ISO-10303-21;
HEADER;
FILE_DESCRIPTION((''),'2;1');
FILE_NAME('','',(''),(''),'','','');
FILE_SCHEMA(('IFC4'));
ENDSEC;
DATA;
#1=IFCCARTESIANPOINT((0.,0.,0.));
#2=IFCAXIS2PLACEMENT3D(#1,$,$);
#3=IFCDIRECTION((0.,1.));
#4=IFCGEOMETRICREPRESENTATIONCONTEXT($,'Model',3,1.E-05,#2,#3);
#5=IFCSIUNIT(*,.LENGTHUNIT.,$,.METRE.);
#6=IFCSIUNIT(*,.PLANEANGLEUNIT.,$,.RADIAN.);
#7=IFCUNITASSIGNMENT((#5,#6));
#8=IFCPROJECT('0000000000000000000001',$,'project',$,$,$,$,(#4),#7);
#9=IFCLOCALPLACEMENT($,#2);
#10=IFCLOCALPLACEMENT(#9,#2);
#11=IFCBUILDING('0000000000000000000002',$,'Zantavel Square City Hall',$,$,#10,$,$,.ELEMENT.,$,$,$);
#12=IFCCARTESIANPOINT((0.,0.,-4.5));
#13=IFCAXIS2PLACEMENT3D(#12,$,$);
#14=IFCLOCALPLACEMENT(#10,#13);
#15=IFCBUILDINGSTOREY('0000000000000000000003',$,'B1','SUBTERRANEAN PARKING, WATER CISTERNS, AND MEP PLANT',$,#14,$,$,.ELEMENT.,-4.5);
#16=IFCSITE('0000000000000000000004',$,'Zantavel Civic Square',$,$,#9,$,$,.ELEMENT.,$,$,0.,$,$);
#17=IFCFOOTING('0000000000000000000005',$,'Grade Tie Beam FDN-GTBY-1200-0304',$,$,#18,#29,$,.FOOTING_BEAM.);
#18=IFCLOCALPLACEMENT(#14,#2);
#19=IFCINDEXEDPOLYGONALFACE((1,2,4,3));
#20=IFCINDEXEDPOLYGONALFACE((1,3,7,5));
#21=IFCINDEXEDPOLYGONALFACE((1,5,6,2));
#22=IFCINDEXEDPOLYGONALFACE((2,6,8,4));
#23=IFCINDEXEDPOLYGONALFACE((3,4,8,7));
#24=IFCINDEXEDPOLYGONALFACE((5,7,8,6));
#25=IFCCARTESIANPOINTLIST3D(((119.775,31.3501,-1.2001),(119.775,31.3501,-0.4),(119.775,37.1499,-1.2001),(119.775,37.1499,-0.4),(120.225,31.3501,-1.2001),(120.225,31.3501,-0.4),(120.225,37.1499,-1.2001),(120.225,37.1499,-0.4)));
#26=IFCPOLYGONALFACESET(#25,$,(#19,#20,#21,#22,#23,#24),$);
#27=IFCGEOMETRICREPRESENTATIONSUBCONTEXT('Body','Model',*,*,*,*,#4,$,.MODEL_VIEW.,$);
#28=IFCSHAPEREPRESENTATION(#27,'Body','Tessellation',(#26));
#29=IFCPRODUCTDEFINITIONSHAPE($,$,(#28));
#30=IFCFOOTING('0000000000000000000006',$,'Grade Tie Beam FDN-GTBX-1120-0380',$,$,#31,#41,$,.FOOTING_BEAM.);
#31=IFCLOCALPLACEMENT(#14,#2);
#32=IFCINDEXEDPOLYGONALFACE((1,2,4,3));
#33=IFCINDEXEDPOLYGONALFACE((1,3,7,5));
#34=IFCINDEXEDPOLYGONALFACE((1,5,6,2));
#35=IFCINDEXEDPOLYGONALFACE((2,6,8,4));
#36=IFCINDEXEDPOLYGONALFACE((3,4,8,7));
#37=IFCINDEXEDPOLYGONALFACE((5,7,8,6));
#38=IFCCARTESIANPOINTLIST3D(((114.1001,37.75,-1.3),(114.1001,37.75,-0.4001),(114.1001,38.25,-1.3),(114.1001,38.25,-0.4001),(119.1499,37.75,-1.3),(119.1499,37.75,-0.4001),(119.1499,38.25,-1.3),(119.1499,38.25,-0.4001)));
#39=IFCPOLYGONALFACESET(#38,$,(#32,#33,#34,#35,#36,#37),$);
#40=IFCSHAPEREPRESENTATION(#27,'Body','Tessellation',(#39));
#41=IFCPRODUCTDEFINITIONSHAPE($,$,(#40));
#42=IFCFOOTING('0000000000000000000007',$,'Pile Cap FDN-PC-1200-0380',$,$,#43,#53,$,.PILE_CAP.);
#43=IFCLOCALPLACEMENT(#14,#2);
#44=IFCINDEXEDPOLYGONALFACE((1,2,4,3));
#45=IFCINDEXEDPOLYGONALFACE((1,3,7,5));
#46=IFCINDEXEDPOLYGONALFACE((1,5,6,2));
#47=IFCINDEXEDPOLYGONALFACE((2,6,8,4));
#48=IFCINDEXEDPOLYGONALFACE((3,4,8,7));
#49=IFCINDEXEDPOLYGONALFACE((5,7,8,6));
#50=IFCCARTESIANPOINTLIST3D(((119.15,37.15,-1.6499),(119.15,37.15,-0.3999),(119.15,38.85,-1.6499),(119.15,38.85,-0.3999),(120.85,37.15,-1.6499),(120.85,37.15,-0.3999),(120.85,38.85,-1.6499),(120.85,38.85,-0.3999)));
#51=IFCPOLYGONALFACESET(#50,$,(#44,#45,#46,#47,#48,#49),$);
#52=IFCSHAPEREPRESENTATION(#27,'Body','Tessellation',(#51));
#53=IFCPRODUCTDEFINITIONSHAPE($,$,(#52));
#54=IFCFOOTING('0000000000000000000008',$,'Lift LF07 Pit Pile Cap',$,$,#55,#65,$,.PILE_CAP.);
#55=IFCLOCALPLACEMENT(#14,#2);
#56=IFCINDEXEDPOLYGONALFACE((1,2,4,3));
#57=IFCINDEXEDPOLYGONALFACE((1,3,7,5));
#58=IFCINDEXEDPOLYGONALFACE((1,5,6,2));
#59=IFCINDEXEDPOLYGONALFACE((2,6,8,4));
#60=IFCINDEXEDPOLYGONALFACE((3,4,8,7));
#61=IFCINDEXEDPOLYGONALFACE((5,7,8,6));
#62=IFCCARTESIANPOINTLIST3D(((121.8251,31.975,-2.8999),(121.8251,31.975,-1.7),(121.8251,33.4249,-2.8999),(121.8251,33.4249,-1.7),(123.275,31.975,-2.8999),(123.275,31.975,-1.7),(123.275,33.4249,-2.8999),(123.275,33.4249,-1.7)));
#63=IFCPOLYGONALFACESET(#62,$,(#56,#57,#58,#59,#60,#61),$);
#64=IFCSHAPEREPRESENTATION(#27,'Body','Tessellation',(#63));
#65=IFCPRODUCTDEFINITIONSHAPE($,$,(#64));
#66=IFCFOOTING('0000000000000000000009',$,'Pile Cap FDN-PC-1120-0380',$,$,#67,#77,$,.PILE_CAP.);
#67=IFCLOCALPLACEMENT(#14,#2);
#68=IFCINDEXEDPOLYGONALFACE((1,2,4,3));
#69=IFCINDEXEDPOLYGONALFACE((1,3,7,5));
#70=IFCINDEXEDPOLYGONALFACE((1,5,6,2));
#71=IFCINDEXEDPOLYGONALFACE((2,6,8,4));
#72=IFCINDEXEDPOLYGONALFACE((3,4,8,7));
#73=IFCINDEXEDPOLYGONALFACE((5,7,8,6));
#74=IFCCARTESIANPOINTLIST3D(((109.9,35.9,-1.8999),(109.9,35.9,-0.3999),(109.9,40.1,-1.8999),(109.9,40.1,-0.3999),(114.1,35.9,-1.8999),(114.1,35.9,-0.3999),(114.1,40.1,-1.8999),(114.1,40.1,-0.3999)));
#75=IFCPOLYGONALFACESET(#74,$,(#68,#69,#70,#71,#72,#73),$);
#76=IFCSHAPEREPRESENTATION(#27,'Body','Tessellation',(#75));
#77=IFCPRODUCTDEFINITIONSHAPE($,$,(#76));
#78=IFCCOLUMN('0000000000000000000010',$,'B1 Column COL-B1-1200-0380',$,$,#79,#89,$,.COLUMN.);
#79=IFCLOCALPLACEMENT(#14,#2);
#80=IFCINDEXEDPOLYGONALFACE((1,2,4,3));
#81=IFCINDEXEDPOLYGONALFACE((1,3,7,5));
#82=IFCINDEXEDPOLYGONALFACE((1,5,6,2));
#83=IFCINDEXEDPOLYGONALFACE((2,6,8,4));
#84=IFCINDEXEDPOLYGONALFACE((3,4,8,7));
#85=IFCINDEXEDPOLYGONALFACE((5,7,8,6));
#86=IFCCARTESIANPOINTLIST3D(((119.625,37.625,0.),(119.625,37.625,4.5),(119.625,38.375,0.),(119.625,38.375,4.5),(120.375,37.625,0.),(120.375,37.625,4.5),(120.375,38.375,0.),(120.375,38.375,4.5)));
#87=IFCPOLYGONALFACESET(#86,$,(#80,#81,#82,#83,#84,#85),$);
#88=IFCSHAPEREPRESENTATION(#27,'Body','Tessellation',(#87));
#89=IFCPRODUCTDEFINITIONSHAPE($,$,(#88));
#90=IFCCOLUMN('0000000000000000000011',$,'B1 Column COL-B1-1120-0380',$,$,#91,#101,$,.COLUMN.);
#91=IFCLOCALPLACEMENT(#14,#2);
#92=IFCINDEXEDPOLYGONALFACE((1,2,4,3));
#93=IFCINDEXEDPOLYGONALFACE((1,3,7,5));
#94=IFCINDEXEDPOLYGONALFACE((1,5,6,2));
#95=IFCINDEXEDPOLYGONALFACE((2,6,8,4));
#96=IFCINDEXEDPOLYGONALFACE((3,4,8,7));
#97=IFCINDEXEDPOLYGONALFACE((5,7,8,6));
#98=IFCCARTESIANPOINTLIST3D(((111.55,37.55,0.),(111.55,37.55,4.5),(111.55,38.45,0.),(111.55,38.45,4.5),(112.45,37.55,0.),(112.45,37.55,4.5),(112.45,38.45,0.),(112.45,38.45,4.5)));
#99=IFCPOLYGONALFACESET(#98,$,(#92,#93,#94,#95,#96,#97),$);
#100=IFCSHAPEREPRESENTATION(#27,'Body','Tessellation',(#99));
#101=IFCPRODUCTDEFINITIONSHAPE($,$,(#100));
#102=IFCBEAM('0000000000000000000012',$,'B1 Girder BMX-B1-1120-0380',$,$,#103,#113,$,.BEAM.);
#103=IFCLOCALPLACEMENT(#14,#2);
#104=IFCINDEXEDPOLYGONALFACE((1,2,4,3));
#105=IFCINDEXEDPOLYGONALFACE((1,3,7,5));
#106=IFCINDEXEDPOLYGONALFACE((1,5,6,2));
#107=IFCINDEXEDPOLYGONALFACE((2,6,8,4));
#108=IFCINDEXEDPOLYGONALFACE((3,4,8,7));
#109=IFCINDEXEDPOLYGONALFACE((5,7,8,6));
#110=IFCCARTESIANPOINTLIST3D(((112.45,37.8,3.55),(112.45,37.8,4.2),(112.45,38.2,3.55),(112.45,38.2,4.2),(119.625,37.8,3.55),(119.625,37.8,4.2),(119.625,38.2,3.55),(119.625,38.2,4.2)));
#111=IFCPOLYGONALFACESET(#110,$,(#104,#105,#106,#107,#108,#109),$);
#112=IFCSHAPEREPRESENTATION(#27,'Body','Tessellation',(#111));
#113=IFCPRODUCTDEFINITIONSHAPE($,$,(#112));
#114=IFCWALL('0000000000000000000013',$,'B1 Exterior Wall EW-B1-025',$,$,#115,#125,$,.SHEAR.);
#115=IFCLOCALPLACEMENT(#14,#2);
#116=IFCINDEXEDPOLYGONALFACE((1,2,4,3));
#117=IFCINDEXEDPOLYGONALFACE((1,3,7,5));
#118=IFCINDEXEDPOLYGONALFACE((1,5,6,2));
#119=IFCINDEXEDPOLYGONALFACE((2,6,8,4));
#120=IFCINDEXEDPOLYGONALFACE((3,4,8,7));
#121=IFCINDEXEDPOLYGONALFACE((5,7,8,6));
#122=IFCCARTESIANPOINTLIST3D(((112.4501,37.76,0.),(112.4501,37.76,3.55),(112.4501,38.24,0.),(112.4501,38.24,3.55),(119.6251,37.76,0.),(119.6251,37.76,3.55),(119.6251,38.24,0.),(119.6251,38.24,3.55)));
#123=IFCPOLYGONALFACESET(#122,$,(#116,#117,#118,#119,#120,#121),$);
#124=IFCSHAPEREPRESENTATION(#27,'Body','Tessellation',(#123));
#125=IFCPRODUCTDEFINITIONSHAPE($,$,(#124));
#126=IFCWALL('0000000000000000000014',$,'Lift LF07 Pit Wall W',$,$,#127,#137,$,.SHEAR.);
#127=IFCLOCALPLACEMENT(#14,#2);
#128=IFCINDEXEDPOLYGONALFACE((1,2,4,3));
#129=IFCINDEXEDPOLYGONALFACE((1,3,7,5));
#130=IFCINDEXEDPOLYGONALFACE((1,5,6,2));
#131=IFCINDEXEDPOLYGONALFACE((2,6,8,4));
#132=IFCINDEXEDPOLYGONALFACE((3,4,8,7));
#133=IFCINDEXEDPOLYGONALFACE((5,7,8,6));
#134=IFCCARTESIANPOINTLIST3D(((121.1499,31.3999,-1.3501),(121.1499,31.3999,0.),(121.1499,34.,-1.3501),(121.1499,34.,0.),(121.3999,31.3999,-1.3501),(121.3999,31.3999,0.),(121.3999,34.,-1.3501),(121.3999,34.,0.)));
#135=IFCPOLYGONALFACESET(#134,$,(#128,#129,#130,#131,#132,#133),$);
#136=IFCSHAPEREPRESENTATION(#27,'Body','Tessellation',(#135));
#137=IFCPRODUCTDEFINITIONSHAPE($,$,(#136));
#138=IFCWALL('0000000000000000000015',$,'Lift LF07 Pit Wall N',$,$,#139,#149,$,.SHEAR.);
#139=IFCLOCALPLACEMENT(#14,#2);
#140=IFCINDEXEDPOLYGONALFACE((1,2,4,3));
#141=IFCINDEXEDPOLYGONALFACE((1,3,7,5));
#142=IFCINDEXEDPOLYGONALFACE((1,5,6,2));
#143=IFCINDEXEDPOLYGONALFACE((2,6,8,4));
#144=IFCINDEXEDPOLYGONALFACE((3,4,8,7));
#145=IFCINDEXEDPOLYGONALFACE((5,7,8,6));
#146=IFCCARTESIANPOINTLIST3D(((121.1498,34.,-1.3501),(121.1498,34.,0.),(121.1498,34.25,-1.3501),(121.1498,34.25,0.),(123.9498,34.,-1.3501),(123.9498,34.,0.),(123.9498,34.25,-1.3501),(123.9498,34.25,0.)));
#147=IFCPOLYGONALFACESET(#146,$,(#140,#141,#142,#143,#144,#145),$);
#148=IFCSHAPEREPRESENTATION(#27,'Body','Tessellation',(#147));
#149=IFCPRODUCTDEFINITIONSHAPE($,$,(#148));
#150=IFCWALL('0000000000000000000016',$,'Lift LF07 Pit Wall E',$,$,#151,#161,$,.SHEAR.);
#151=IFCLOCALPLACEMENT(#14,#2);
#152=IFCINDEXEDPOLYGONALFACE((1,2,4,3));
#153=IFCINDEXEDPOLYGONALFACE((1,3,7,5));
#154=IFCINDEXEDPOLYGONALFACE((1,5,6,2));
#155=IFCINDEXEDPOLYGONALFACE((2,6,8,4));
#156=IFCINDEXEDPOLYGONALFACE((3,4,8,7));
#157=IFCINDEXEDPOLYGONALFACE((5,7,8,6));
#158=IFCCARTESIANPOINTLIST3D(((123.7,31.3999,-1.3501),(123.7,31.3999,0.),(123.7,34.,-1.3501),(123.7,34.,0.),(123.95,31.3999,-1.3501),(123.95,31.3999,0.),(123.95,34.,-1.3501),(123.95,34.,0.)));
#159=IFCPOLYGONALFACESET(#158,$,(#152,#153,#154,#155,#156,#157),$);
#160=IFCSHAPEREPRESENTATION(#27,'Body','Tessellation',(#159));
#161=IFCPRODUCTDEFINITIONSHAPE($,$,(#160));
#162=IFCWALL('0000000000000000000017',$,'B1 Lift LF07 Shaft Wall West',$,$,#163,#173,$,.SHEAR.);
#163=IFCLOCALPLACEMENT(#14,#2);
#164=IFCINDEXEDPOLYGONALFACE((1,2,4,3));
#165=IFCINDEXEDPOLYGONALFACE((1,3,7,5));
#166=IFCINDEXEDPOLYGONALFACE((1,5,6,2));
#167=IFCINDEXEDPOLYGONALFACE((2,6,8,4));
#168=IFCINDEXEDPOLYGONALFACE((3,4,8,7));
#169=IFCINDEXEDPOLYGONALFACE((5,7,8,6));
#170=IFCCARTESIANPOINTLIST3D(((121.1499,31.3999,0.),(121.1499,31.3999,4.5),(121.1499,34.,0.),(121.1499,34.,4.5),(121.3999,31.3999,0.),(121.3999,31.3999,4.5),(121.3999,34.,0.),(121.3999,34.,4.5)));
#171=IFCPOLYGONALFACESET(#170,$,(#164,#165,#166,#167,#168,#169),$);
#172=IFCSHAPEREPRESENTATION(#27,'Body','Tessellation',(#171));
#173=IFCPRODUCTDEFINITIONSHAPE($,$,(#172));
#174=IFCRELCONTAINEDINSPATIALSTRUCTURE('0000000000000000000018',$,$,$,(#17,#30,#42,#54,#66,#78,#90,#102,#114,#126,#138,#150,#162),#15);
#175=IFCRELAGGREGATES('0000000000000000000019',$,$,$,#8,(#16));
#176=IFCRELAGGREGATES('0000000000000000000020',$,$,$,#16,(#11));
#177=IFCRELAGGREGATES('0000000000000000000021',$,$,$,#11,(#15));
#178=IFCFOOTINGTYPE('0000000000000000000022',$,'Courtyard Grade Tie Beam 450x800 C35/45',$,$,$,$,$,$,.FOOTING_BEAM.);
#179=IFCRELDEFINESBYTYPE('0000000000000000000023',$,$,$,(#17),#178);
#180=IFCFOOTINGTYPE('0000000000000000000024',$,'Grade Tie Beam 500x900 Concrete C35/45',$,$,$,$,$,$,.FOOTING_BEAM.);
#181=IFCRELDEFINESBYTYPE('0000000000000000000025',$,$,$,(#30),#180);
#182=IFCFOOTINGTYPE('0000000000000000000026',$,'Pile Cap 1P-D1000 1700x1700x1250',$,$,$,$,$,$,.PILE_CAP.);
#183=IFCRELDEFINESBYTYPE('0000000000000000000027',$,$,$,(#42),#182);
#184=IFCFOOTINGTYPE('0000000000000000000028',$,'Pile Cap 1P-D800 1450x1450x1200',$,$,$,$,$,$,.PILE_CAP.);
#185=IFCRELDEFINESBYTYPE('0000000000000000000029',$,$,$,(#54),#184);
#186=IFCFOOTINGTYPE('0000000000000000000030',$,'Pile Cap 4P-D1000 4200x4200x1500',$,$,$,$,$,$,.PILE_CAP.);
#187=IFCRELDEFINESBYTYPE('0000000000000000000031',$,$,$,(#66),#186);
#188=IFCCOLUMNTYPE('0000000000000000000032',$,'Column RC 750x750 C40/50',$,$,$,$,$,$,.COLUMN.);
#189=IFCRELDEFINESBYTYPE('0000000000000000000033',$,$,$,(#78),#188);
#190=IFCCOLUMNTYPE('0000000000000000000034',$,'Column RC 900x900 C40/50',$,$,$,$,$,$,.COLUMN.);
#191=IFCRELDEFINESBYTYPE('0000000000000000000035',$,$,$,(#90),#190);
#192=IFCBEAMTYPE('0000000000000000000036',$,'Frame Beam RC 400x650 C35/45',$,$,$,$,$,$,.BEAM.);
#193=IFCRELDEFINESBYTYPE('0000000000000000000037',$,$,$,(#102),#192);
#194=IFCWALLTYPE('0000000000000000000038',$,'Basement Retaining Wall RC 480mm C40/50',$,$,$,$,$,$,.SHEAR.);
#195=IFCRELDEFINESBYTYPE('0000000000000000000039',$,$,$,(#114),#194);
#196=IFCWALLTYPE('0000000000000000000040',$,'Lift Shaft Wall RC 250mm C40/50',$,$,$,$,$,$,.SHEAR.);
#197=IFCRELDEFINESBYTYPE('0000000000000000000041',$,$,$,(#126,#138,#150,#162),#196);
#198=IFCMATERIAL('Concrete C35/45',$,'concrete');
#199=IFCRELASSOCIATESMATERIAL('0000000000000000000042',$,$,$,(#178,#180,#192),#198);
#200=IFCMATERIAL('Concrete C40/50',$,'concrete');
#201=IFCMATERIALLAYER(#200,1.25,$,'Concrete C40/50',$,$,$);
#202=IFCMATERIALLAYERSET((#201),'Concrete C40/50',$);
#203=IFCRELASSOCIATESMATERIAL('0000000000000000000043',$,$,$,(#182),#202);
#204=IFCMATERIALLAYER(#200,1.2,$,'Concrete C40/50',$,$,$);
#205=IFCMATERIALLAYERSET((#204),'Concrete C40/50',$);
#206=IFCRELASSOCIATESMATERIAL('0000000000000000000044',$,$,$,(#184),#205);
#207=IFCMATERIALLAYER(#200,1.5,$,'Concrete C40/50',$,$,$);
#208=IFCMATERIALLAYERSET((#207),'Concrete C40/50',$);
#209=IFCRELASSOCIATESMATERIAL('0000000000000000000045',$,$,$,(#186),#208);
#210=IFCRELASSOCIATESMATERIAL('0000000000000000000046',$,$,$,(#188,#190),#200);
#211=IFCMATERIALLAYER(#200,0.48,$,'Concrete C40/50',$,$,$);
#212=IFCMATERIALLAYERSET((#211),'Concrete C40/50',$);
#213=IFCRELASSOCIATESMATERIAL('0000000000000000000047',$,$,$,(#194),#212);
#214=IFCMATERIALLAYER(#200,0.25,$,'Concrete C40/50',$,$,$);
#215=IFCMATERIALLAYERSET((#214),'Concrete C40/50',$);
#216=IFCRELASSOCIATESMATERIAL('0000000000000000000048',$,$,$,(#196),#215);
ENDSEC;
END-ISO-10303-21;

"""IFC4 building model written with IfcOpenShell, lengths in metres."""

from ifc_helpers import new_model, si_unit, direction, frame, frame_2d, origin, origin_2d, place, context, subcontext, project, spatial, rectangle, extrude, material, layer, layer_set, material_profile, profile_set, type_object, element, save


model = new_model("IFC4")

# Units and contexts
model_context = context("Model", 3, precision=1e-05, world=origin(), true_north=direction((0.0, 1.0)))
body_context = subcontext(model_context, "Body", "Model", "MODEL_VIEW")
ifc_project = project(units=[si_unit("LENGTHUNIT", "METRE"), si_unit("PLANEANGLEUNIT", "RADIAN")], contexts=[model_context])

# Site, building, storey
site_placement = place(None, origin())
site = spatial("IfcSite", under=ifc_project, at=site_placement, Name="Zantavel Civic Square", CompositionType="ELEMENT", RefElevation=0.0)
building_placement = place(site_placement, origin())
building = spatial("IfcBuilding", under=site, at=building_placement, Name="Zantavel Square City Hall", CompositionType="ELEMENT")
storey_placement = place(building_placement, frame((0.0, 0.0, -4.5)))
storey = spatial("IfcBuildingStorey", under=building, at=storey_placement, Name="B1", Description="SUBTERRANEAN PARKING, WATER CISTERNS, AND MEP PLANT", CompositionType="ELEMENT", Elevation=-4.5)

# Shared definitions
ifc_material_1 = material(Name="Concrete C35/45", Category="concrete")

# Footings
ifc_material_profile_1 = material_profile(ifc_material_1, rectangle(XDim=0.45, YDim=0.8, at=origin_2d()), Name="RC 450x800")
ifc_profile_set_1 = profile_set([ifc_material_profile_1], Name="Concrete C35/45")
footing_type_1 = type_object("IfcFootingType", Name="Courtyard Grade Tie Beam 450x800 C35/45", PredefinedType="FOOTING_BEAM", material=ifc_profile_set_1)
footing_1_placement = place(storey_placement, frame((120.0, 31.3501, -0.8), z_axis=(0.0, 1.0, 0.0), x_axis=(-1.0, 0.0, 0.0)))
element("IfcFooting", 1, at=footing_1_placement, inside=storey, type_object=footing_type_1, Name="Grade Tie Beam FDN-GTBY-1200-0304", PredefinedType="FOOTING_BEAM", context=body_context, shape_type="SweptSolid", body=[
    extrude(rectangle(XDim=0.45, YDim=0.8, at=origin_2d()), origin(), (0.0, 0.0, 1.0), 5.7998),
])
ifc_material_profile_2 = material_profile(ifc_material_1, rectangle(XDim=0.5, YDim=0.8999, at=origin_2d()), Name="RC 500x900")
ifc_profile_set_2 = profile_set([ifc_material_profile_2], Name="Concrete C35/45")
footing_type_2 = type_object("IfcFootingType", Name="Grade Tie Beam 500x900 Concrete C35/45", PredefinedType="FOOTING_BEAM", material=ifc_profile_set_2)
footing_2_placement = place(storey_placement, frame((114.1001, 38.0, -0.8501), z_axis=(1.0, 0.0, 0.0), x_axis=(0.0, 1.0, 0.0)))
element("IfcFooting", 2, at=footing_2_placement, inside=storey, type_object=footing_type_2, Name="Grade Tie Beam FDN-GTBX-1120-0380", PredefinedType="FOOTING_BEAM", context=body_context, shape_type="SweptSolid", body=[
    extrude(rectangle(XDim=0.5, YDim=0.8999, at=origin_2d()), origin(), (0.0, 0.0, 1.0), 5.0498),
])
ifc_material_2 = material(Name="Concrete C40/50", Category="concrete")
ifc_layer_1 = layer(ifc_material_2, 1.25, Name="Concrete C40/50")
ifc_layer_set_1 = layer_set([ifc_layer_1], Name="Concrete C40/50")
footing_type_3 = type_object("IfcFootingType", Name="Pile Cap 1P-D1000 1700x1700x1250", PredefinedType="PILE_CAP", material=ifc_layer_set_1)
footing_3_placement = place(storey_placement, frame((120.0, 38.0, -1.6499), z_axis=(0.0, 0.0, 1.0), x_axis=(1.0, 0.0, 0.0)))
element("IfcFooting", 3, at=footing_3_placement, inside=storey, type_object=footing_type_3, Name="Pile Cap FDN-PC-1200-0380", PredefinedType="PILE_CAP", context=body_context, shape_type="SweptSolid", body=[
    extrude(rectangle(XDim=1.7, YDim=1.7, at=origin_2d()), origin(), (0.0, 0.0, 1.0), 1.25),
])
ifc_layer_2 = layer(ifc_material_2, 1.2, Name="Concrete C40/50")
ifc_layer_set_2 = layer_set([ifc_layer_2], Name="Concrete C40/50")
footing_type_4 = type_object("IfcFootingType", Name="Pile Cap 1P-D800 1450x1450x1200", PredefinedType="PILE_CAP", material=ifc_layer_set_2)
footing_4_placement = place(storey_placement, frame((122.55, 32.7, -2.8999), z_axis=(0.0, 0.0, 1.0), x_axis=(1.0, 0.0, 0.0)))
element("IfcFooting", 4, at=footing_4_placement, inside=storey, type_object=footing_type_4, Name="Lift LF07 Pit Pile Cap", PredefinedType="PILE_CAP", context=body_context, shape_type="SweptSolid", body=[
    extrude(rectangle(XDim=1.45, YDim=1.45, at=origin_2d()), origin(), (0.0, 0.0, 1.0), 1.2),
])
ifc_layer_3 = layer(ifc_material_2, 1.5, Name="Concrete C40/50")
ifc_layer_set_3 = layer_set([ifc_layer_3], Name="Concrete C40/50")
footing_type_5 = type_object("IfcFootingType", Name="Pile Cap 4P-D1000 4200x4200x1500", PredefinedType="PILE_CAP", material=ifc_layer_set_3)
footing_5_placement = place(storey_placement, frame((112.0, 38.0, -1.8999), z_axis=(0.0, 0.0, 1.0), x_axis=(1.0, 0.0, 0.0)))
element("IfcFooting", 5, at=footing_5_placement, inside=storey, type_object=footing_type_5, Name="Pile Cap FDN-PC-1120-0380", PredefinedType="PILE_CAP", context=body_context, shape_type="SweptSolid", body=[
    extrude(rectangle(XDim=4.2, YDim=4.2, at=origin_2d()), origin(), (0.0, 0.0, 1.0), 1.5),
])

# Columns
ifc_material_profile_3 = material_profile(ifc_material_2, rectangle(XDim=0.75, YDim=0.75, at=origin_2d()), Name="RC 750x750")
ifc_profile_set_3 = profile_set([ifc_material_profile_3], Name="Concrete C40/50")
column_type_1 = type_object("IfcColumnType", Name="Column RC 750x750 C40/50", PredefinedType="COLUMN", material=ifc_profile_set_3)
column_1_placement = place(storey_placement, frame((120.0, 38.0, 0.0), z_axis=(0.0, 0.0, 1.0), x_axis=(1.0, 0.0, 0.0)))
element("IfcColumn", 6, at=column_1_placement, inside=storey, type_object=column_type_1, Name="B1 Column COL-B1-1200-0380", PredefinedType="COLUMN", context=body_context, shape_type="SweptSolid", body=[
    extrude(rectangle(XDim=0.75, YDim=0.75, at=origin_2d()), origin(), (0.0, 0.0, 1.0), 4.5),
])
ifc_material_profile_4 = material_profile(ifc_material_2, rectangle(XDim=0.8999, YDim=0.8999, at=origin_2d()), Name="RC 900x900")
ifc_profile_set_4 = profile_set([ifc_material_profile_4], Name="Concrete C40/50")
column_type_2 = type_object("IfcColumnType", Name="Column RC 900x900 C40/50", PredefinedType="COLUMN", material=ifc_profile_set_4)
column_2_placement = place(storey_placement, frame((112.0, 38.0, 0.0), z_axis=(0.0, 0.0, 1.0), x_axis=(1.0, 0.0, 0.0)))
element("IfcColumn", 7, at=column_2_placement, inside=storey, type_object=column_type_2, Name="B1 Column COL-B1-1120-0380", PredefinedType="COLUMN", context=body_context, shape_type="SweptSolid", body=[
    extrude(rectangle(XDim=0.8999, YDim=0.8999, at=origin_2d()), origin(), (0.0, 0.0, 1.0), 4.5),
])

# Beam
ifc_material_profile_5 = material_profile(ifc_material_1, rectangle(XDim=0.3999, YDim=0.6499, at=origin_2d()), Name="RC 400x650")
ifc_profile_set_5 = profile_set([ifc_material_profile_5], Name="Concrete C35/45")
beam_type = type_object("IfcBeamType", Name="Frame Beam RC 400x650 C35/45", PredefinedType="BEAM", material=ifc_profile_set_5)
beam_placement = place(storey_placement, frame((112.45, 38.0, 3.875), z_axis=(1.0, 0.0, 0.0), x_axis=(0.0, 1.0, 0.0)))
element("IfcBeam", 8, at=beam_placement, inside=storey, type_object=beam_type, Name="B1 Girder BMX-B1-1120-0380", PredefinedType="BEAM", context=body_context, shape_type="SweptSolid", body=[
    extrude(rectangle(XDim=0.3999, YDim=0.6499, at=origin_2d()), origin(), (0.0, 0.0, 1.0), 7.175),
])

# Walls
ifc_layer_4 = layer(ifc_material_2, 0.48, Name="Concrete C40/50")
ifc_layer_set_4 = layer_set([ifc_layer_4], Name="Concrete C40/50")
wall_type_1 = type_object("IfcWallType", Name="Basement Retaining Wall RC 480mm C40/50", PredefinedType="SHEAR", material=ifc_layer_set_4)
wall_1_placement = place(storey_placement, frame((119.625, 38.0, 0.0), z_axis=(0.0, 0.0, 1.0), x_axis=(-1.0, 0.0, 0.0)))
element("IfcWall", 9, at=wall_1_placement, inside=storey, type_object=wall_type_1, Name="B1 Exterior Wall EW-B1-025", PredefinedType="SHEAR", context=body_context, shape_type="SweptSolid", body=[
    extrude(rectangle(XDim=7.175, YDim=0.48, at=frame_2d((3.5874, 0.0))), origin(), (0.0, 0.0, 1.0), 3.55),
])
ifc_layer_5 = layer(ifc_material_2, 0.25, Name="Concrete C40/50")
ifc_layer_set_5 = layer_set([ifc_layer_5], Name="Concrete C40/50")
wall_type_2 = type_object("IfcWallType", Name="Lift Shaft Wall RC 250mm C40/50", PredefinedType="SHEAR", material=ifc_layer_set_5)
wall_2_placement = place(storey_placement, frame((121.2749, 31.3999, -1.3501), z_axis=(0.0, 0.0, 1.0), x_axis=(0.0, 1.0, 0.0)))
element("IfcWall", 10, at=wall_2_placement, inside=storey, type_object=wall_type_2, Name="Lift LF07 Pit Wall W", PredefinedType="SHEAR", context=body_context, shape_type="SweptSolid", body=[
    extrude(rectangle(XDim=2.6001, YDim=0.25, at=frame_2d((1.3, 0.0))), origin(), (0.0, 0.0, 1.0), 1.3501),
])
wall_3_placement = place(storey_placement, frame((121.1499, 34.125, -1.3501), z_axis=(0.0, 0.0, 1.0), x_axis=(1.0, 0.0, 0.0)))
element("IfcWall", 11, at=wall_3_placement, inside=storey, type_object=wall_type_2, Name="Lift LF07 Pit Wall N", PredefinedType="SHEAR", context=body_context, shape_type="SweptSolid", body=[
    extrude(rectangle(XDim=2.8, YDim=0.25, at=frame_2d((1.3999, 0.0))), origin(), (0.0, 0.0, 1.0), 1.3501),
])
wall_4_placement = place(storey_placement, frame((123.825, 34.0, -1.3501), z_axis=(0.0, 0.0, 1.0), x_axis=(0.0, -1.0, 0.0)))
element("IfcWall", 12, at=wall_4_placement, inside=storey, type_object=wall_type_2, Name="Lift LF07 Pit Wall E", PredefinedType="SHEAR", context=body_context, shape_type="SweptSolid", body=[
    extrude(rectangle(XDim=2.6001, YDim=0.25, at=frame_2d((1.3, 0.0))), origin(), (0.0, 0.0, 1.0), 1.3501),
])
wall_5_placement = place(storey_placement, frame((121.2749, 31.3999, 0.0), z_axis=(0.0, 0.0, 1.0), x_axis=(0.0, 1.0, 0.0)))
element("IfcWall", 13, at=wall_5_placement, inside=storey, type_object=wall_type_2, Name="B1 Lift LF07 Shaft Wall West", PredefinedType="SHEAR", context=body_context, shape_type="SweptSolid", body=[
    extrude(rectangle(XDim=2.6001, YDim=0.25, at=frame_2d((1.3, 0.0))), origin(), (0.0, 0.0, 1.0), 4.5),
])

save(model, "model.ifc")
